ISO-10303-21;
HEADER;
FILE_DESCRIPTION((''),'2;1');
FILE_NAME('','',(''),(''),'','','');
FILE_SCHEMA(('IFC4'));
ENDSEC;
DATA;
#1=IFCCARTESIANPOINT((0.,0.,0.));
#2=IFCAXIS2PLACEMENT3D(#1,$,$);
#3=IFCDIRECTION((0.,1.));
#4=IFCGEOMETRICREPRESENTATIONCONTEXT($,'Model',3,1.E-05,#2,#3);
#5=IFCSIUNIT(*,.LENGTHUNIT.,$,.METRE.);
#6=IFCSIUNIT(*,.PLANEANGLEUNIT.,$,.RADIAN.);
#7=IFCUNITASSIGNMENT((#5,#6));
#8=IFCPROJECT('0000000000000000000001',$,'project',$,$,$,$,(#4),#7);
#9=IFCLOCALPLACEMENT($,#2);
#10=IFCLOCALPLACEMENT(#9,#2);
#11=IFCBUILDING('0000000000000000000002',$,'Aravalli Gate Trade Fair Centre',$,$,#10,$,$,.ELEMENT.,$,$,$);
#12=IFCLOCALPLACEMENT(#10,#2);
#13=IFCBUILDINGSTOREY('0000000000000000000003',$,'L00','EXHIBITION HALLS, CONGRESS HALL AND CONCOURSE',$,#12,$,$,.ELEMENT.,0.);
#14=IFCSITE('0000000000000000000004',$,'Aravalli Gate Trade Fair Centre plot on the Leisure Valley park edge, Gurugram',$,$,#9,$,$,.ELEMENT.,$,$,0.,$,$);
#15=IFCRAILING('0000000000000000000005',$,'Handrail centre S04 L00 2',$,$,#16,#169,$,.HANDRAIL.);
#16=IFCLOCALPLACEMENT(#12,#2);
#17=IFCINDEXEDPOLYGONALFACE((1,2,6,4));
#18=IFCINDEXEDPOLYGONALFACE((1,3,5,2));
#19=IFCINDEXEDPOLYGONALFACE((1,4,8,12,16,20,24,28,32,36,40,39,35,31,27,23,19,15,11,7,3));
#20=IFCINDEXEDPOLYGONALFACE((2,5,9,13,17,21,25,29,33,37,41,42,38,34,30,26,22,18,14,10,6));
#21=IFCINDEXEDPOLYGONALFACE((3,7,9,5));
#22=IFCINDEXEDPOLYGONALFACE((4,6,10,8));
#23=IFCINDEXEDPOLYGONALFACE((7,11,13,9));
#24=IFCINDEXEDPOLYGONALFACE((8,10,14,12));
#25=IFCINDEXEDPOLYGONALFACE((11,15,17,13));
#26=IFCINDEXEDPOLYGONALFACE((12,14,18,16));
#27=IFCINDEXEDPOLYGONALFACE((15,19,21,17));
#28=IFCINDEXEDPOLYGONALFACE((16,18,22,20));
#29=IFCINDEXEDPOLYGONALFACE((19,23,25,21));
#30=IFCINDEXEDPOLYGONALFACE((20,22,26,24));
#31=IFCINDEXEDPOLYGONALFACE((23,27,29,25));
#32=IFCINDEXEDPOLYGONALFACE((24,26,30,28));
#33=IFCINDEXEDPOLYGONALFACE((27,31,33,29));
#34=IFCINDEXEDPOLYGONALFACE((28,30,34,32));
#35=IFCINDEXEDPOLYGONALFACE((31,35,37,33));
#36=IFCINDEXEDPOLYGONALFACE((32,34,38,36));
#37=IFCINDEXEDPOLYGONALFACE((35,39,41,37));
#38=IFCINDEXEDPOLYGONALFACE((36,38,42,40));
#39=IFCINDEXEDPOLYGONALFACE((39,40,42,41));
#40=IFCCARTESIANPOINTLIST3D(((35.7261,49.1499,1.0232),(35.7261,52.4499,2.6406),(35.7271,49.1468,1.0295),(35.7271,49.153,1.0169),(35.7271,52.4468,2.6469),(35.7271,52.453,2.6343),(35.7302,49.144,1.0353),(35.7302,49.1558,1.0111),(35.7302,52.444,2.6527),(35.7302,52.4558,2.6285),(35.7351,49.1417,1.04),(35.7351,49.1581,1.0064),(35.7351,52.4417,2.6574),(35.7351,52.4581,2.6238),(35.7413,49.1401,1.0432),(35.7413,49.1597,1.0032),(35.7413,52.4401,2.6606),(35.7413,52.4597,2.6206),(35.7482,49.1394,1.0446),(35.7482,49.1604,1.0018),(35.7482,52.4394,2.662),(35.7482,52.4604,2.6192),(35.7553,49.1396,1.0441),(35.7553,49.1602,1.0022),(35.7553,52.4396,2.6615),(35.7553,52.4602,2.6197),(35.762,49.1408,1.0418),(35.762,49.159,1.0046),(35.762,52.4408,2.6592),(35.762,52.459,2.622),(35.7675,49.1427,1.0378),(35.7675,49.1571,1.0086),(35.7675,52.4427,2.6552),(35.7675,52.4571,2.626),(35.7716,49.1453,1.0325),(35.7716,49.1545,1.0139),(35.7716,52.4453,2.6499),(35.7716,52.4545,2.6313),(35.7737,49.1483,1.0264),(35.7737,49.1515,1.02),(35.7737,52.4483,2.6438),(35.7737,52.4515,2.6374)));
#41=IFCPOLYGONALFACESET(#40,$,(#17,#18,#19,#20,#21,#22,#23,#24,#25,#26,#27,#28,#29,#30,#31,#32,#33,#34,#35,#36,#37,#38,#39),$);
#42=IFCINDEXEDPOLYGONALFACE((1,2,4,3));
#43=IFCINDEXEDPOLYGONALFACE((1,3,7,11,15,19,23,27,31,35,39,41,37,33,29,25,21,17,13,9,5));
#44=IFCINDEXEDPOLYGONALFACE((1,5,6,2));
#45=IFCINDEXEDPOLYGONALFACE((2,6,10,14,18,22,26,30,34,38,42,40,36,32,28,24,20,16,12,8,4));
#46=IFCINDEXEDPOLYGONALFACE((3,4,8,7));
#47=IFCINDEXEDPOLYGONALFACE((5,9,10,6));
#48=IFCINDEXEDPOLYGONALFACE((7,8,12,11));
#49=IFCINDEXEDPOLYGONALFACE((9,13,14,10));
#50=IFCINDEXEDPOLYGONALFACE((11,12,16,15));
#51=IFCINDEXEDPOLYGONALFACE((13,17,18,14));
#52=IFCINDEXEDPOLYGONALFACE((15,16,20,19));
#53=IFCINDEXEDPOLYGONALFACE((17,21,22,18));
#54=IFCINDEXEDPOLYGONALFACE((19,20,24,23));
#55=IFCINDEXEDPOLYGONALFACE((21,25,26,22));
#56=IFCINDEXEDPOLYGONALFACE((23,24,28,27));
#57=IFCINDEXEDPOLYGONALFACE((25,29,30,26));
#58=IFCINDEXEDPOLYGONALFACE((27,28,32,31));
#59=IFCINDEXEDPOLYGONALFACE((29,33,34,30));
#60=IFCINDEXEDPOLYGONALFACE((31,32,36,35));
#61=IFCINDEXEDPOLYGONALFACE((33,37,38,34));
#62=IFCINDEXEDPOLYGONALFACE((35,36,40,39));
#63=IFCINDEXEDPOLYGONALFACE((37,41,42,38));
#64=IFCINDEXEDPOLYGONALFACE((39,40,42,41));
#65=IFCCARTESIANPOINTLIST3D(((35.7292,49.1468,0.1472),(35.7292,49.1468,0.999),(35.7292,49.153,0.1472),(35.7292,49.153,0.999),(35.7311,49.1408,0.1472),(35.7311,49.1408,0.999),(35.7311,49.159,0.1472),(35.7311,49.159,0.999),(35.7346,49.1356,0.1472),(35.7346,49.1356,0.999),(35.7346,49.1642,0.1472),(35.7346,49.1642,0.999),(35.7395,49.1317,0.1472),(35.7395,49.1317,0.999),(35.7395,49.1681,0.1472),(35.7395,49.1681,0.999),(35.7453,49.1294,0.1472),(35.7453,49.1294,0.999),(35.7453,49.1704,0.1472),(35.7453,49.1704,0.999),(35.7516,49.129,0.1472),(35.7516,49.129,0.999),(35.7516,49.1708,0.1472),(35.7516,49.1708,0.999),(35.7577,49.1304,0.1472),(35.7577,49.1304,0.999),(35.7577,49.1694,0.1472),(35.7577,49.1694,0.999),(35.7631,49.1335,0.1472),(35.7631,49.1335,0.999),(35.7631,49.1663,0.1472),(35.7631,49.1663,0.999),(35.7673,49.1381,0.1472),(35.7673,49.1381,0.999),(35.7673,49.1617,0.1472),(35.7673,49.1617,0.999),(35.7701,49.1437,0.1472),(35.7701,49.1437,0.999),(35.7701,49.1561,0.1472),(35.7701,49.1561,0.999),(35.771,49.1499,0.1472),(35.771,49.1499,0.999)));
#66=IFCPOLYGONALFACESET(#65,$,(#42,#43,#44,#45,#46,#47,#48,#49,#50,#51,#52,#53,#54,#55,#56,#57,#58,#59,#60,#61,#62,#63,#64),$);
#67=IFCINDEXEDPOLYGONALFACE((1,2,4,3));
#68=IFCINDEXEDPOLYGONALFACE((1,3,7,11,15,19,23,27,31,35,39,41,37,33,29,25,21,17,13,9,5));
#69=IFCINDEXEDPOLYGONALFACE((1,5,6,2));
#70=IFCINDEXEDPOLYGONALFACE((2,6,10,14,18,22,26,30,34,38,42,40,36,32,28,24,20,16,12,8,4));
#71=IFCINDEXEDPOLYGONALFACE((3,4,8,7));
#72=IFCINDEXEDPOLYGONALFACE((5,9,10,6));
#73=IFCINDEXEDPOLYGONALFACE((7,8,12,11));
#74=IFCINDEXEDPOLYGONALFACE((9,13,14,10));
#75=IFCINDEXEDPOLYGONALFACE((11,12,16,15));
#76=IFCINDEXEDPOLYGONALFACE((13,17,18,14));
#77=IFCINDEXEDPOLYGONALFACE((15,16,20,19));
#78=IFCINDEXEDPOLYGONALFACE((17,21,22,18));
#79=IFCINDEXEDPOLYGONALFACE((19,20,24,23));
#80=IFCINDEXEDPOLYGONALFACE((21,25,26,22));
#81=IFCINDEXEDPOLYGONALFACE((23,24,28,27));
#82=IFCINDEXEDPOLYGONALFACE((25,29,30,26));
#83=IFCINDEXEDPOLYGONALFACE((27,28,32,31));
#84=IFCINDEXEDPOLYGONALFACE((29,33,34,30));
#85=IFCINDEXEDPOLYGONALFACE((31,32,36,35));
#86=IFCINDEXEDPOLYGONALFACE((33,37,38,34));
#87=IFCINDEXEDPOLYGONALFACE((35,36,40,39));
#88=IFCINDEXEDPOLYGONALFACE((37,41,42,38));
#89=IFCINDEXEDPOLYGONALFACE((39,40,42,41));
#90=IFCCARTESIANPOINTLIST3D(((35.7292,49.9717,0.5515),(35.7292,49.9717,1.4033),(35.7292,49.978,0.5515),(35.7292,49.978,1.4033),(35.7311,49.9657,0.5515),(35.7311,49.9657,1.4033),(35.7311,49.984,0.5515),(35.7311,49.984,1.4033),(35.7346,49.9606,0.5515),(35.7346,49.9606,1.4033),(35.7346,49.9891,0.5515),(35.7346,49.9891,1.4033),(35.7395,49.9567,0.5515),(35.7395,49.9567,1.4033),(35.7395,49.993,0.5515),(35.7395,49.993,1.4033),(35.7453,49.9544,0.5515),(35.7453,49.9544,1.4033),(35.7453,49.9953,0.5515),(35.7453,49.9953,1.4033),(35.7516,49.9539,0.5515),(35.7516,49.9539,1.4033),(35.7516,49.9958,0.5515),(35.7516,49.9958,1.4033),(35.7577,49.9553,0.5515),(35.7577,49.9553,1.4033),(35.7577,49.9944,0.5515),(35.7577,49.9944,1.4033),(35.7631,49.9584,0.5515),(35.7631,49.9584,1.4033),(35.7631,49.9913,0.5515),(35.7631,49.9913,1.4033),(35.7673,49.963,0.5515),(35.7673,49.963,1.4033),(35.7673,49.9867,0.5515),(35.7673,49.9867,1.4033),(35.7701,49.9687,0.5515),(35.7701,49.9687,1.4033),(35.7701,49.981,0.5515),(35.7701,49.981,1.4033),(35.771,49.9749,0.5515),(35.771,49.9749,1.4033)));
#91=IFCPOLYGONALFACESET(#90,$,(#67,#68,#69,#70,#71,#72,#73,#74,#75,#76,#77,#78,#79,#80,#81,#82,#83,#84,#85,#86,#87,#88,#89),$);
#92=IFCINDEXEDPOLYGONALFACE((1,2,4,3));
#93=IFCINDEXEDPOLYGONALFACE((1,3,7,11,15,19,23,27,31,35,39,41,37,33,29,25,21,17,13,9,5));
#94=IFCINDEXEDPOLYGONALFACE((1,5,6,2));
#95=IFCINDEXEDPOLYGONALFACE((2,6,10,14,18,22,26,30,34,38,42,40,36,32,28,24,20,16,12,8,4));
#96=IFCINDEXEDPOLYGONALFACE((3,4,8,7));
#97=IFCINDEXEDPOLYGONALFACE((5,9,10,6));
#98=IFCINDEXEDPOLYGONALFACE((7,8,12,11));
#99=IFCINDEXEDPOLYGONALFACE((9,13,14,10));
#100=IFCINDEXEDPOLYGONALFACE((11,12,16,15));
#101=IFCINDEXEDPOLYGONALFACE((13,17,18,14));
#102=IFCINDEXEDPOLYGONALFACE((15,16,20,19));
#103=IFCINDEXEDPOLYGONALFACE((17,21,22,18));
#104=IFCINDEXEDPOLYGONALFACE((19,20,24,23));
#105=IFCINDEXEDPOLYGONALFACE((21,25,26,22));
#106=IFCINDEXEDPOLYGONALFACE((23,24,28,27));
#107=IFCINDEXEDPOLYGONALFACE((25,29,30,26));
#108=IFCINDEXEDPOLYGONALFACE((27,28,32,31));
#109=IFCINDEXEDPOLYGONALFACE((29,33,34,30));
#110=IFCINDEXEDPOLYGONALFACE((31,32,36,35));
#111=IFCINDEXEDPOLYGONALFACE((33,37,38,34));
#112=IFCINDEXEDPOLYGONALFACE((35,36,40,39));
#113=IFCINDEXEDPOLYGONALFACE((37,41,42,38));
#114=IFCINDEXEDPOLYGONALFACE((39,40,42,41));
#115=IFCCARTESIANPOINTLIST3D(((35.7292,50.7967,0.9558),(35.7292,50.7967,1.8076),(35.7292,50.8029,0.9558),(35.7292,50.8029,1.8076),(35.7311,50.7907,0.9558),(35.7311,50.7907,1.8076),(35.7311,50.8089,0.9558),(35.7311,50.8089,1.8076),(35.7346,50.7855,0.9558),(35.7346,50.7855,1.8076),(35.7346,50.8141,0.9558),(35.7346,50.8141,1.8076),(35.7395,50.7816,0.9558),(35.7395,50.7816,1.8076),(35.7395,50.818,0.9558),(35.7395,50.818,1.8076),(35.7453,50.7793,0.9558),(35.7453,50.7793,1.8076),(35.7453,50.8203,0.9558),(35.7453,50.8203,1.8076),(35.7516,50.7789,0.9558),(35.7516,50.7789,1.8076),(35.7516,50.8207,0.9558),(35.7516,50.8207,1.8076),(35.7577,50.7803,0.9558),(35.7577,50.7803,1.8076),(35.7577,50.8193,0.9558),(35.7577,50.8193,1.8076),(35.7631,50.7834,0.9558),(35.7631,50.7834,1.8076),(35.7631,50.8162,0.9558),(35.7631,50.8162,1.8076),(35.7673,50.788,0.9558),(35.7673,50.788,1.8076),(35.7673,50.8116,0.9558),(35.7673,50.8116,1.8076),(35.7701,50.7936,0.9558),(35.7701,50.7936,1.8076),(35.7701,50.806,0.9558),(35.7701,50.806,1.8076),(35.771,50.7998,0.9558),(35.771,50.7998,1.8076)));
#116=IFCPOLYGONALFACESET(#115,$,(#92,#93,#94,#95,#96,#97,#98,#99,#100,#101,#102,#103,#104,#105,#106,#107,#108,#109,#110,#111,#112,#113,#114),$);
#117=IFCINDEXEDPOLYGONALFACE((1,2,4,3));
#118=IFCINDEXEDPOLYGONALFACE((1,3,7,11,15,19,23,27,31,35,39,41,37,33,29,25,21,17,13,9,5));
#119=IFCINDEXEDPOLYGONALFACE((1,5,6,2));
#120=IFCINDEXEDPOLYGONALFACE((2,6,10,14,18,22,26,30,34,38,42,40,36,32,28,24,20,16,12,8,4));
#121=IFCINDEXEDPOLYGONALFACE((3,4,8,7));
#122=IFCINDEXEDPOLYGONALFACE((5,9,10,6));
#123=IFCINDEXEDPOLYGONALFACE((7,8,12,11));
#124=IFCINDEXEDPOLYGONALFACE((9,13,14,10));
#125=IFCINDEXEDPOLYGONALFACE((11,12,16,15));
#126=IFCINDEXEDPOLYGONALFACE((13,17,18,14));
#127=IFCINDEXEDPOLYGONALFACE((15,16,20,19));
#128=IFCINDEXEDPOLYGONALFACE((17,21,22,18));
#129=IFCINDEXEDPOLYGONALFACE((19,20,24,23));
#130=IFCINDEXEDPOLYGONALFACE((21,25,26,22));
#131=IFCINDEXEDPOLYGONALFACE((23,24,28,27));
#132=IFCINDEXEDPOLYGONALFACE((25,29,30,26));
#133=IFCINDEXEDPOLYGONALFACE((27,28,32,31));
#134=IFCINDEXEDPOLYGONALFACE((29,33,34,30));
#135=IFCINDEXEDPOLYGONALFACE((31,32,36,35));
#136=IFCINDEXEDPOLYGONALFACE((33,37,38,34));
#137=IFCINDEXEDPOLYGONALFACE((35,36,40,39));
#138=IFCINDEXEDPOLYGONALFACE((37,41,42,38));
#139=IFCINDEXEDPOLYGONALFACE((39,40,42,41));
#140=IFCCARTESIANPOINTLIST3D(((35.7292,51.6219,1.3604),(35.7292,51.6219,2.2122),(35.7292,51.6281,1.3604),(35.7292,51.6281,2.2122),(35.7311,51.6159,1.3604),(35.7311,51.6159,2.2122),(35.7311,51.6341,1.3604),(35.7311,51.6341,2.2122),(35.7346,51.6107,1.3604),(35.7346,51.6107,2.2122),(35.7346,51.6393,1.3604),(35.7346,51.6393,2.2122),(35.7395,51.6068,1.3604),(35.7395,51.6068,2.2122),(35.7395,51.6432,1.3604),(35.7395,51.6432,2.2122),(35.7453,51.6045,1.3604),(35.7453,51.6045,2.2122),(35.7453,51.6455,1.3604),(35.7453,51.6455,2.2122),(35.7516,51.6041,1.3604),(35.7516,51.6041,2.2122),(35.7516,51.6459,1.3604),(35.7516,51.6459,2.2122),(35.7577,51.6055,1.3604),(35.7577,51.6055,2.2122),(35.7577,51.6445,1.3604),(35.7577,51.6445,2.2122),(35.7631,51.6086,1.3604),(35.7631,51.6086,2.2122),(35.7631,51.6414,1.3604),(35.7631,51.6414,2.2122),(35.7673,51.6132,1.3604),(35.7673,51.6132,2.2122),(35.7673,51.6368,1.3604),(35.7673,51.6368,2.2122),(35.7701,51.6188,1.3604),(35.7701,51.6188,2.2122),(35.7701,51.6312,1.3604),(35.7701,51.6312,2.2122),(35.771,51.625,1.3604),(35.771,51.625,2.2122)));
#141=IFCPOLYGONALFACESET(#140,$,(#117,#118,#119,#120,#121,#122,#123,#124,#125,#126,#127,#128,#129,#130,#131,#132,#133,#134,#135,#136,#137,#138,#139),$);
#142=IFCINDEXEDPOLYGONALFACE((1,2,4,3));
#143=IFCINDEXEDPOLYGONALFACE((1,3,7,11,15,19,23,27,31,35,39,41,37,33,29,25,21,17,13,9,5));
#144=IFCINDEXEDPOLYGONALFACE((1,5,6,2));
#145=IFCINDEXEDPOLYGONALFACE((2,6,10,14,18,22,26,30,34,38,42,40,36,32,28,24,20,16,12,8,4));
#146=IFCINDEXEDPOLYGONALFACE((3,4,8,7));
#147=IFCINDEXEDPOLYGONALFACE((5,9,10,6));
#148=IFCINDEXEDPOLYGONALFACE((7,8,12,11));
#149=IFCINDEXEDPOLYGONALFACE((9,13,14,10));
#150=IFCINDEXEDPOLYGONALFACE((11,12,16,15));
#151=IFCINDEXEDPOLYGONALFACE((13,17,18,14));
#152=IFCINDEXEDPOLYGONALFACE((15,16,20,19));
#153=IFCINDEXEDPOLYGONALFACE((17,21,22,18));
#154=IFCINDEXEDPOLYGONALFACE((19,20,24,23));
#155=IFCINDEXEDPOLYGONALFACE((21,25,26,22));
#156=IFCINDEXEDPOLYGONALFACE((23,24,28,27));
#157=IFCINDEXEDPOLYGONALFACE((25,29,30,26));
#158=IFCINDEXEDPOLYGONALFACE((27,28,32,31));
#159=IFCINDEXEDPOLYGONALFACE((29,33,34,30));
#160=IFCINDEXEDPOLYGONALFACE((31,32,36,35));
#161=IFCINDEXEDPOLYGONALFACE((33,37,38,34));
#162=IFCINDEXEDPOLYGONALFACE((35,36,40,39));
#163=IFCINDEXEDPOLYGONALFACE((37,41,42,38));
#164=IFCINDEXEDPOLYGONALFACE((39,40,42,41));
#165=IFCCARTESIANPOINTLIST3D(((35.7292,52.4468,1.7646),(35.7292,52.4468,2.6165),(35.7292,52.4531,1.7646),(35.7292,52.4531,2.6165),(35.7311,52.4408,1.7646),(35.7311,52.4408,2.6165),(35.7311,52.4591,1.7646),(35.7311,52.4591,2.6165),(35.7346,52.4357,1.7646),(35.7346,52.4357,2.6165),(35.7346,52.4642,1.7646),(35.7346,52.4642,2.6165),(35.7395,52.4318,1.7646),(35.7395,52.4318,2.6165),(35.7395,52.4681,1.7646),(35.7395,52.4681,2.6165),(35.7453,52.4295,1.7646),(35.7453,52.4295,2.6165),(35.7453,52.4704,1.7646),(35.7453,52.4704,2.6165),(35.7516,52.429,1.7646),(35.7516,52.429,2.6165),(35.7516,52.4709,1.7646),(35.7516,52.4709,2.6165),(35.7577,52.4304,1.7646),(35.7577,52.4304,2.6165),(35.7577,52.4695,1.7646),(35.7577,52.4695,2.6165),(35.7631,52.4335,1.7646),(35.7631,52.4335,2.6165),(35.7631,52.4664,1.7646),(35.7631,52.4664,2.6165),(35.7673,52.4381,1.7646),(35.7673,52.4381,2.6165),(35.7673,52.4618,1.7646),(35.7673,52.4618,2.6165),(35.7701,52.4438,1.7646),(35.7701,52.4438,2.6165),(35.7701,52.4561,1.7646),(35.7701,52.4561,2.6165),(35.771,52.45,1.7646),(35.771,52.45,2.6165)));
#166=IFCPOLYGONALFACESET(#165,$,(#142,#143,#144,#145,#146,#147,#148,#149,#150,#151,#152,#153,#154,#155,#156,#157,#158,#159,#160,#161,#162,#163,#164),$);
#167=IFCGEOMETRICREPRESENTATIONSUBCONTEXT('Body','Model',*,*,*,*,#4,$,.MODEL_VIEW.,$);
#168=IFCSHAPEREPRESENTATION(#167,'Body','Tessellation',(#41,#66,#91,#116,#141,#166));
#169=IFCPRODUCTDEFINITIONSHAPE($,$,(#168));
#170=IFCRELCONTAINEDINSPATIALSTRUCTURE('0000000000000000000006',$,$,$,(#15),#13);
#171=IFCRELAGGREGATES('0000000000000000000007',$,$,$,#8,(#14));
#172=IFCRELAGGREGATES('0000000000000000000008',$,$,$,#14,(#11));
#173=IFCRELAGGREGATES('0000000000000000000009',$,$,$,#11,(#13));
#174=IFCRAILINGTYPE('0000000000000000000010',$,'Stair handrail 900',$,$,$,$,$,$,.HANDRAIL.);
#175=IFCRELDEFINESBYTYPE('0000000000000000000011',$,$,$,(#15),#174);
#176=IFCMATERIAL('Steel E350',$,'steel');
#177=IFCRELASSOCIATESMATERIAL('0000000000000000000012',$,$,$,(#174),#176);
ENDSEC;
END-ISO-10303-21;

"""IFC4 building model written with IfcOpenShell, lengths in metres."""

from ifc_helpers import new_model, si_unit, direction, frame, origin, origin_2d, place, context, subcontext, project, spatial, circle, extrude, material, type_object, element, save


model = new_model("IFC4")

# Units and contexts
model_context = context("Model", 3, precision=1e-05, world=origin(), true_north=direction((0.0, 1.0)))
body_context = subcontext(model_context, "Body", "Model", "MODEL_VIEW")
ifc_project = project(units=[si_unit("LENGTHUNIT", "METRE"), si_unit("PLANEANGLEUNIT", "RADIAN")], contexts=[model_context])

# Site, building, storey
site_placement = place(None, origin())
site = spatial("IfcSite", under=ifc_project, at=site_placement, Name="Aravalli Gate Trade Fair Centre plot on the Leisure Valley park edge, Gurugram", CompositionType="ELEMENT", RefElevation=0.0)
building_placement = place(site_placement, origin())
building = spatial("IfcBuilding", under=site, at=building_placement, Name="Aravalli Gate Trade Fair Centre", CompositionType="ELEMENT")
storey_placement = place(building_placement, origin())
storey = spatial("IfcBuildingStorey", under=building, at=storey_placement, Name="L00", Description="EXHIBITION HALLS, CONGRESS HALL AND CONCOURSE", CompositionType="ELEMENT", Elevation=0.0)

# Railing
ifc_material_1 = material(Name="Steel E350", Category="steel")
railing_type = type_object("IfcRailingType", Name="Stair handrail 900", PredefinedType="HANDRAIL", material=ifc_material_1)
for number, where, name in (
    (1, (35.75, 49.1499, 0.1472), "Handrail centre S04 L00 2"),
):
    element("IfcRailing", number, at=place(storey_placement, frame(where)), inside=storey, type_object=railing_type, Name=name, PredefinedType="HANDRAIL", context=body_context, shape_type="SweptSolid", body=[
        extrude(circle(Radius=0.0239, at=origin_2d()), frame((0.0, 0.0, 0.876), z_axis=(0.0, 0.897946, 0.440105), x_axis=(-1.0, 0.0, 0.0)), (0.0, 0.0, 1.0), 3.675),
        extrude(circle(Radius=0.021, at=origin_2d()), origin(), (0.0, 0.0, 1.0), 0.8518),
        extrude(circle(Radius=0.021, at=origin_2d()), frame((0.0, 0.825, 0.4043)), (0.0, 0.0, 1.0), 0.8518),
        extrude(circle(Radius=0.021, at=origin_2d()), frame((0.0, 1.6499, 0.8086)), (0.0, 0.0, 1.0), 0.8518),
        extrude(circle(Radius=0.021, at=origin_2d()), frame((0.0, 2.4751, 1.2131)), (0.0, 0.0, 1.0), 0.8518),
        extrude(circle(Radius=0.021, at=origin_2d()), frame((0.0, 3.3, 1.6174)), (0.0, 0.0, 1.0), 0.8518),
    ])

save(model, "model.ifc")
